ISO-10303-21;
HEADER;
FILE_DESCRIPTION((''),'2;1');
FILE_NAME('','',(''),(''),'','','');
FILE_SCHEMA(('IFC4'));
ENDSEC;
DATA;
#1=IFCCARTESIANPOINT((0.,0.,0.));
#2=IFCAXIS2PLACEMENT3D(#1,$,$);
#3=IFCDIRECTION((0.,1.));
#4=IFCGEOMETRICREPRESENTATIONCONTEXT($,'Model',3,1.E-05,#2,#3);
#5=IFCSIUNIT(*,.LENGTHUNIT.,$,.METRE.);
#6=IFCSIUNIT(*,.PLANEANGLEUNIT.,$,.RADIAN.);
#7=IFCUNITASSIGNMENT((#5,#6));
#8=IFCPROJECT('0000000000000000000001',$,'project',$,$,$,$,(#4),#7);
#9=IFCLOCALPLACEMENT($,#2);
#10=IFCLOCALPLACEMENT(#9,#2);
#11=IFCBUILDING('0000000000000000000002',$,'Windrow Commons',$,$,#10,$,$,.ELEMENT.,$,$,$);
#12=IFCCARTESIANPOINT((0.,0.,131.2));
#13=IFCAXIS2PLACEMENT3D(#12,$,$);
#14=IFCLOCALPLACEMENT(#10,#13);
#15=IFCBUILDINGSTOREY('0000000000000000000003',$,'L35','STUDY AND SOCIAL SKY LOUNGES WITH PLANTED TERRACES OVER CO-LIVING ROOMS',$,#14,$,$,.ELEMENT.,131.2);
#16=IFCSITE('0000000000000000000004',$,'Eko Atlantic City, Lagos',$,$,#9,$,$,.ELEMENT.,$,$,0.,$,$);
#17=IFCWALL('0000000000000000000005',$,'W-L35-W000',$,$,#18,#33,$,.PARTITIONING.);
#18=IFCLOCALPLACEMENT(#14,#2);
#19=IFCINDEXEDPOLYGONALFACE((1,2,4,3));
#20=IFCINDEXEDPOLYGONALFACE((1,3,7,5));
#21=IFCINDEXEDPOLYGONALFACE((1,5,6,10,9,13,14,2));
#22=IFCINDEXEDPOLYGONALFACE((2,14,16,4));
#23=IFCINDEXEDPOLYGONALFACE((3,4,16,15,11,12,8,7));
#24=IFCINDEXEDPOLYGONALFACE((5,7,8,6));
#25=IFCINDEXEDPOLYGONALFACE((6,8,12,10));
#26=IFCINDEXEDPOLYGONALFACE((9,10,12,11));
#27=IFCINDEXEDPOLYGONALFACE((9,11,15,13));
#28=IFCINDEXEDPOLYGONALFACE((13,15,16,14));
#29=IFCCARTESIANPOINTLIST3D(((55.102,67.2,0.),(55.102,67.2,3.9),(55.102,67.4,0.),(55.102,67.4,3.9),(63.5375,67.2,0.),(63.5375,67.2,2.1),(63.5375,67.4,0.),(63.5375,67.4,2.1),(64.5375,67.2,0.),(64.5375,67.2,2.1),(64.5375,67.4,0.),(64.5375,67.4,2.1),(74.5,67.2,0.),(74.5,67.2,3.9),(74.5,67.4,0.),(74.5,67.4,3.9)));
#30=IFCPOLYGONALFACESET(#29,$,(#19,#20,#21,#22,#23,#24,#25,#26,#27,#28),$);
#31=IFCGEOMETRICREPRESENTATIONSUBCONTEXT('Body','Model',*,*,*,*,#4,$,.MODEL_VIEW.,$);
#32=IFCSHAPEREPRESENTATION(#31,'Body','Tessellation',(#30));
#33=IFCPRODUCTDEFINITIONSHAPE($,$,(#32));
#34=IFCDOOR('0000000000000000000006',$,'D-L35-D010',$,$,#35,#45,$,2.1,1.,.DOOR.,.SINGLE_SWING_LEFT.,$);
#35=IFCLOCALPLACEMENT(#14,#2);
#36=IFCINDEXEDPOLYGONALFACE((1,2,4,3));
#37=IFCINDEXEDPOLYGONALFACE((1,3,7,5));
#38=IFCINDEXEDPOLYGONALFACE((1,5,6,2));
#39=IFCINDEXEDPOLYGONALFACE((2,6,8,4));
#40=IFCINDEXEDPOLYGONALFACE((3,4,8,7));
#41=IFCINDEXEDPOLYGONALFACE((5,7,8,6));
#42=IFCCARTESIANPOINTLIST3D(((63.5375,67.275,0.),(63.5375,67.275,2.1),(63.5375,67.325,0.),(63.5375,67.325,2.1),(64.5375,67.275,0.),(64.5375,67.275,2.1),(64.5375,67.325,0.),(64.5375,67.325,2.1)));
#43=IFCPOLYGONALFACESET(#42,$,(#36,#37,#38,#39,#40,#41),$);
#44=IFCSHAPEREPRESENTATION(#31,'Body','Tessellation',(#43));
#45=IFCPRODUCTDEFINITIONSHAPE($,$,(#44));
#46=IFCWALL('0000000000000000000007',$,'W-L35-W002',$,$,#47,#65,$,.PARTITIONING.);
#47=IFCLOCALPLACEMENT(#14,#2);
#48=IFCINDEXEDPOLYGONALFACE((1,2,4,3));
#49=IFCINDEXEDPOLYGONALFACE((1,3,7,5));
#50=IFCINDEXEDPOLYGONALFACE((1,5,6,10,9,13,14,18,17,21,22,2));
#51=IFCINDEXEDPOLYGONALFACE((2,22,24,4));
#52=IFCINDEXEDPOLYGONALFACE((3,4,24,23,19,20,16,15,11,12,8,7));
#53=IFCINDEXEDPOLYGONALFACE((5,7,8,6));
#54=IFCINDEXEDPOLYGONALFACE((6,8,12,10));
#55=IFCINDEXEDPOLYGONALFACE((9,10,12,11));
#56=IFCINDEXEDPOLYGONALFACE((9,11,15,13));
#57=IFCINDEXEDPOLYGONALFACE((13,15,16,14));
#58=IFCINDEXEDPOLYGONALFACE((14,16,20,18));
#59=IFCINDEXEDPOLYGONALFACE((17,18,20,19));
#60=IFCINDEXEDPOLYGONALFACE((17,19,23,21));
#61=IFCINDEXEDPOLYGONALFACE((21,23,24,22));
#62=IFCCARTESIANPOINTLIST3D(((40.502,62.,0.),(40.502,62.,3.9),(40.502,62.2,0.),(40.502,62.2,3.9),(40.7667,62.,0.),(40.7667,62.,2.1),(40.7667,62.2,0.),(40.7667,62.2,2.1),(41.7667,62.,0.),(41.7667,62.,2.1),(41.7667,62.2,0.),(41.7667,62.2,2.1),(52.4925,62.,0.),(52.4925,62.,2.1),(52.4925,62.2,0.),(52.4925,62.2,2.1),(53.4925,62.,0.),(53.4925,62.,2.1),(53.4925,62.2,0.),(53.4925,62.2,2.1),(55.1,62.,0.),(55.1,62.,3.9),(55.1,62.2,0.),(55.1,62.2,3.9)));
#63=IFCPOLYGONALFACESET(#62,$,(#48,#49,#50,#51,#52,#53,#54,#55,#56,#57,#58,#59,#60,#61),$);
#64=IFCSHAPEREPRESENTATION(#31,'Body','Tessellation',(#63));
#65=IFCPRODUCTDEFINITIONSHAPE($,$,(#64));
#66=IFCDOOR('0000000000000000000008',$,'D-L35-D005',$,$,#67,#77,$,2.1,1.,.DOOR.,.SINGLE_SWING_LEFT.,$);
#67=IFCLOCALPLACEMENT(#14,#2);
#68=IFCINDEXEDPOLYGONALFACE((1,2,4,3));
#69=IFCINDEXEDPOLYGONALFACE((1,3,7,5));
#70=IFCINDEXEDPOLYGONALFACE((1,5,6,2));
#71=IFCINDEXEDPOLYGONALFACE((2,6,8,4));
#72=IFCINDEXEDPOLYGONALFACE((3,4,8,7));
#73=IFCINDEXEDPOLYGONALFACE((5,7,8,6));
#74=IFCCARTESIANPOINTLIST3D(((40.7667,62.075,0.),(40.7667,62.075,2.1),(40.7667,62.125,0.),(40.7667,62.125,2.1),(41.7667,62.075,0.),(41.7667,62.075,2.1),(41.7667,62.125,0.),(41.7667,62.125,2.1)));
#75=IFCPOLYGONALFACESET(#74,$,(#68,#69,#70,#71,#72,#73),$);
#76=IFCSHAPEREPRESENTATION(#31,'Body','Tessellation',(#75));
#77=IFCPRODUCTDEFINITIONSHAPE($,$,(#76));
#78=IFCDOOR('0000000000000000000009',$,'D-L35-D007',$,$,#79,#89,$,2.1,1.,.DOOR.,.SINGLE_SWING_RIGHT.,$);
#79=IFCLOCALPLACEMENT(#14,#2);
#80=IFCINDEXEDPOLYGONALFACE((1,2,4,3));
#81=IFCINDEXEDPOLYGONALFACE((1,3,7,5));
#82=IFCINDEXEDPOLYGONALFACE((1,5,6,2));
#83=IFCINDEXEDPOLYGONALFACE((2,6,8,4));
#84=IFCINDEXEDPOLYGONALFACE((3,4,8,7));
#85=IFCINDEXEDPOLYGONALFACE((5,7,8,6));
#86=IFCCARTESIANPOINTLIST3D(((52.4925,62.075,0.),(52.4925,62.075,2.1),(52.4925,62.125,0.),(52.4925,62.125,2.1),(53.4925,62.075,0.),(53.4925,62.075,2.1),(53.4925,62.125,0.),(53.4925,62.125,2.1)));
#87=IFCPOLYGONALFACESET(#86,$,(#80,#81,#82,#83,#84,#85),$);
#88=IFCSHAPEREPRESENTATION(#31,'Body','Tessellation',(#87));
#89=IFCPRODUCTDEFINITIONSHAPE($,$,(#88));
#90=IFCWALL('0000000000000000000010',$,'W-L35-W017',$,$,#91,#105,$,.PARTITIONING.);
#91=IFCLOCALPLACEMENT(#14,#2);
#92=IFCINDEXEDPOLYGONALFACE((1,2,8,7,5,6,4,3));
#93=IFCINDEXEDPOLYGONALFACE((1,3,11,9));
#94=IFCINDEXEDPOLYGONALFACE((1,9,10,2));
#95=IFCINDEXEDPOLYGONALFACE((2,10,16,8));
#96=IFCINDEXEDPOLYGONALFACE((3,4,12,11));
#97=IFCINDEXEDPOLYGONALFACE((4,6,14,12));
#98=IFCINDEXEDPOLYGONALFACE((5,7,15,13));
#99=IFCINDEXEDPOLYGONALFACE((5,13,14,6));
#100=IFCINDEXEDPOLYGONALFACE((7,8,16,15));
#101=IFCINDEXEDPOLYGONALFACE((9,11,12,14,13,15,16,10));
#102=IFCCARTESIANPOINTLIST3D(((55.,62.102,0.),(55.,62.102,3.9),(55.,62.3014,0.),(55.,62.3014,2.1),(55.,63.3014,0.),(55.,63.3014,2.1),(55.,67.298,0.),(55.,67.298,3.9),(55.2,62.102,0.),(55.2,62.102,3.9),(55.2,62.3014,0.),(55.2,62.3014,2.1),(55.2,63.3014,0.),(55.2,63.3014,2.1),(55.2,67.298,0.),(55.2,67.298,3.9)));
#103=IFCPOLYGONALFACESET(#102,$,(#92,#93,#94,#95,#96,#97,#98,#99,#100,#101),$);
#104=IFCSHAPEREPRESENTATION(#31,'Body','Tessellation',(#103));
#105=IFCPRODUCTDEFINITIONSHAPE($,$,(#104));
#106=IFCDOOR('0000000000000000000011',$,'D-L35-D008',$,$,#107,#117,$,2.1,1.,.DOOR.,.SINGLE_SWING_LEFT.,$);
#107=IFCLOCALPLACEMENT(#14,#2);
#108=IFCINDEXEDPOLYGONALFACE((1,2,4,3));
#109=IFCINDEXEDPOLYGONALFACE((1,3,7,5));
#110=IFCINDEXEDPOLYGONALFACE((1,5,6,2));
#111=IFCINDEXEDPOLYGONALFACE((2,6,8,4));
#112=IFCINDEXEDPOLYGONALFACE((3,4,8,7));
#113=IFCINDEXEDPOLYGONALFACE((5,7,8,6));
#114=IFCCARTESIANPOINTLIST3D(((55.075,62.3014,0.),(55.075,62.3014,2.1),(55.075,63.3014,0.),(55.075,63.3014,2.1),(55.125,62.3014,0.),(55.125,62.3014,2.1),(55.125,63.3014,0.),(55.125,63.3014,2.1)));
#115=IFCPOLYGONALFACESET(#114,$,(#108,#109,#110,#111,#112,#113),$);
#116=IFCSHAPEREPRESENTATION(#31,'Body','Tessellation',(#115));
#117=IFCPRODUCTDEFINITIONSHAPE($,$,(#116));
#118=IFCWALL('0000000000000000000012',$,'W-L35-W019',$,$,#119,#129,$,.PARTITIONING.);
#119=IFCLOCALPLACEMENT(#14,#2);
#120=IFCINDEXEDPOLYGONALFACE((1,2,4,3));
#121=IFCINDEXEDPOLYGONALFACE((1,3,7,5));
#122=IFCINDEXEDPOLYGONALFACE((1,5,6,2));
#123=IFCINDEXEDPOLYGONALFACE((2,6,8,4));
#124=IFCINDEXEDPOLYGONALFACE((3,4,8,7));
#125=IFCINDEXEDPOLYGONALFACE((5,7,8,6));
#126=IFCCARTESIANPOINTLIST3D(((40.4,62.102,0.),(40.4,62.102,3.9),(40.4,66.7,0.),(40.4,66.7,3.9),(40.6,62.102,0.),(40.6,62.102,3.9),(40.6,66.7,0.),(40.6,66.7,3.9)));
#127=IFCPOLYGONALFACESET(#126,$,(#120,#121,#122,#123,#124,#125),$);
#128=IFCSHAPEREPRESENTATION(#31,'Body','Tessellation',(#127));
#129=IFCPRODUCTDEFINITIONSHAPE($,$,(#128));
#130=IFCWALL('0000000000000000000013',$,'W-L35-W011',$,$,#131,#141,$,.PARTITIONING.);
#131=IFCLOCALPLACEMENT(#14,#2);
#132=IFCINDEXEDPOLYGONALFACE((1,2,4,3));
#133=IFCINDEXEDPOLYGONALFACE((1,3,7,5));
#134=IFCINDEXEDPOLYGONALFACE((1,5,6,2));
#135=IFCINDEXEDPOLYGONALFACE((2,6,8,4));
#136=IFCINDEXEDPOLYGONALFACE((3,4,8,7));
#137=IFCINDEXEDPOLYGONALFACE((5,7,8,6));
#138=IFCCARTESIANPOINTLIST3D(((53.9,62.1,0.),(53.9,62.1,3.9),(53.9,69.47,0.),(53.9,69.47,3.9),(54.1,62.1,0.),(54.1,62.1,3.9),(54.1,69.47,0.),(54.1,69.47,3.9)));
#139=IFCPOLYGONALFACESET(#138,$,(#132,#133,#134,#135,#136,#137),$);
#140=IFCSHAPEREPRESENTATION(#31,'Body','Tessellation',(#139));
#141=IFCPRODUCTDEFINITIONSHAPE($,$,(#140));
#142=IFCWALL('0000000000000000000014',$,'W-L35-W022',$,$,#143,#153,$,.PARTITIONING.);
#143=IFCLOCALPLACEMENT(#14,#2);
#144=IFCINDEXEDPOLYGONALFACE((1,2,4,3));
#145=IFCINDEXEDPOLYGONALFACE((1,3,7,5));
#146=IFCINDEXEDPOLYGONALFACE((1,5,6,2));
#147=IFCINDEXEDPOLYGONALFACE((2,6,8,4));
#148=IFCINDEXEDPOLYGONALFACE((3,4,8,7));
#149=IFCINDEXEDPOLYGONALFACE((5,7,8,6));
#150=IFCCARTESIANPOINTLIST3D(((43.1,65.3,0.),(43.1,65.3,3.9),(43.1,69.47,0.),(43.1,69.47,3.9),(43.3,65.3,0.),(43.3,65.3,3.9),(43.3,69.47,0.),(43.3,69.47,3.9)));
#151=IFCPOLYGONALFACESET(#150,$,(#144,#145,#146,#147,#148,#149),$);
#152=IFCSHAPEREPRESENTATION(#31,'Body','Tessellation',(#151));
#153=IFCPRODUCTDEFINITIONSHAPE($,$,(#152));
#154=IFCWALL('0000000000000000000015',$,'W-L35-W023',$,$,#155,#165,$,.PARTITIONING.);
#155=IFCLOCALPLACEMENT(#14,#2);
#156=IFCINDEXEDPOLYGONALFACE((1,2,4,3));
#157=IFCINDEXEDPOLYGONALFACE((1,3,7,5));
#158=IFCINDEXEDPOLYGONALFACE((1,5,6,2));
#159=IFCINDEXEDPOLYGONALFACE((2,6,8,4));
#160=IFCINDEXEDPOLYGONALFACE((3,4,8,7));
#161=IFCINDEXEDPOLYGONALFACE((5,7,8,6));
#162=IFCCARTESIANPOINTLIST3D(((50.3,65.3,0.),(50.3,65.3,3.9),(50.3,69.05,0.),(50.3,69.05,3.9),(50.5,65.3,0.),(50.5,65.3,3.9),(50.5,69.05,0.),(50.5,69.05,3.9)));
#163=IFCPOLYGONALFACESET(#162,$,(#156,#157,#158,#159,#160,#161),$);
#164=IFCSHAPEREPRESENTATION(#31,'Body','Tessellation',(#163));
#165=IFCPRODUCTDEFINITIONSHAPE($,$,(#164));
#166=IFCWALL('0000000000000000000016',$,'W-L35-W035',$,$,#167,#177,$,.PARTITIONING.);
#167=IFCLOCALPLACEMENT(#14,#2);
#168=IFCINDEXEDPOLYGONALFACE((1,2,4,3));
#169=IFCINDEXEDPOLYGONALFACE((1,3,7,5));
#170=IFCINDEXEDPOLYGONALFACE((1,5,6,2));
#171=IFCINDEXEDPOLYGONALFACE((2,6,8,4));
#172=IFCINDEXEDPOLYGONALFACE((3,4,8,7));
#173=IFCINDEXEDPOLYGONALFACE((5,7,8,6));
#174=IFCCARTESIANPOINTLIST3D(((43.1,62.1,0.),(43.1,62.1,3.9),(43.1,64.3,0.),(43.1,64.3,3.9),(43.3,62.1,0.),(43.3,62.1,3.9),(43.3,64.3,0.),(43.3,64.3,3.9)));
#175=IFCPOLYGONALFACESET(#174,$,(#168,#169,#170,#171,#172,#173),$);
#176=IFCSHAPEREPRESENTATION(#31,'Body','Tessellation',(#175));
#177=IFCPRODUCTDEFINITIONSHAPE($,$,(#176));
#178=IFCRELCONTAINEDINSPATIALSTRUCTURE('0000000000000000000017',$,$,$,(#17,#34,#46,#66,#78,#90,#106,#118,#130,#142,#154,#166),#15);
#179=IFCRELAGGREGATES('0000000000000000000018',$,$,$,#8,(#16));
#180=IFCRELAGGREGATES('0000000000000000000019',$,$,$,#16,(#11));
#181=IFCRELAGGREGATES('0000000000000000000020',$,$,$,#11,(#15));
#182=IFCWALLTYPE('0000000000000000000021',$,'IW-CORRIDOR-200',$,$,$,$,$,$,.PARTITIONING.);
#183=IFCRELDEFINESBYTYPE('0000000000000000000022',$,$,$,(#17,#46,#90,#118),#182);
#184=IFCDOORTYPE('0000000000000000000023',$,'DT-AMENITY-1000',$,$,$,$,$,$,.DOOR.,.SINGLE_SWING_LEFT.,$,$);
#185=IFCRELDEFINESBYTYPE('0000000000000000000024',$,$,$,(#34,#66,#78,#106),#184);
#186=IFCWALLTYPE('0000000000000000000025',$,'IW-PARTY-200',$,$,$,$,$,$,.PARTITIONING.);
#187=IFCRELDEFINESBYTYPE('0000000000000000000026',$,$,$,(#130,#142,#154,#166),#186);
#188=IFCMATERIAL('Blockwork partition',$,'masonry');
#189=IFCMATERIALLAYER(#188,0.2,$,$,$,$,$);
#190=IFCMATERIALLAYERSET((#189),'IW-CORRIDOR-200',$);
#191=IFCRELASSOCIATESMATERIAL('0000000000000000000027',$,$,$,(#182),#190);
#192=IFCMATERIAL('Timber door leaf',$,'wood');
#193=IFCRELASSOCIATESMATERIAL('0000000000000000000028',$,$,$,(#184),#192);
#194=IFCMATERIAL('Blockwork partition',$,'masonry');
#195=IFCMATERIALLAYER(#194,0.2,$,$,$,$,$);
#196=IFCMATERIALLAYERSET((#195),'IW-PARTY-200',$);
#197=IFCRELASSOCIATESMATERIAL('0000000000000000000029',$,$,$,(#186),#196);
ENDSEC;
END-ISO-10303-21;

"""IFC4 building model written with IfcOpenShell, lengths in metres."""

from ifc_helpers import new_model, si_unit, direction, frame, frame_2d, origin, place, context, subcontext, project, spatial, rectangle, extrude, material, layer, layer_set, type_object, element, fill, save


model = new_model("IFC4")

# Units and contexts
model_context = context("Model", 3, precision=1e-05, world=origin(), true_north=direction((0.0, 1.0)))
body_context = subcontext(model_context, "Body", "Model", "MODEL_VIEW")
ifc_project = project(units=[si_unit("LENGTHUNIT", "METRE"), si_unit("PLANEANGLEUNIT", "RADIAN")], contexts=[model_context])

# Site, building, storey
site_placement = place(None, origin())
site = spatial("IfcSite", under=ifc_project, at=site_placement, Name="Eko Atlantic City, Lagos", CompositionType="ELEMENT", RefElevation=0.0)
building_placement = place(site_placement, origin())
building = spatial("IfcBuilding", under=site, at=building_placement, Name="Windrow Commons", CompositionType="ELEMENT")
storey_placement = place(building_placement, frame((0.0, 0.0, 131.2)))
storey = spatial("IfcBuildingStorey", under=building, at=storey_placement, Name="L35", Description="STUDY AND SOCIAL SKY LOUNGES WITH PLANTED TERRACES OVER CO-LIVING ROOMS", CompositionType="ELEMENT", Elevation=131.2)

# Wall, opening, door
ifc_material_1 = material(Name="Blockwork partition", Category="masonry")
ifc_layer_1 = layer(ifc_material_1, 0.2)
ifc_layer_set_1 = layer_set([ifc_layer_1], Name="IW-CORRIDOR-200")
wall_type_1 = type_object("IfcWallType", Name="IW-CORRIDOR-200", PredefinedType="PARTITIONING", material=ifc_layer_set_1)
wall_1_placement = place(storey_placement, frame((55.102, 67.3, 0.0), z_axis=(0.0, 0.0, 1.0), x_axis=(1.0, 0.0, 0.0)))
wall_1 = element("IfcWall", 1, at=wall_1_placement, inside=storey, type_object=wall_type_1, Name="W-L35-W000", PredefinedType="PARTITIONING", context=body_context, shape_type="SweptSolid", body=[
    extrude(rectangle(XDim=19.398, YDim=0.2, at=frame_2d((9.699, 0.0))), origin(), (0.0, 0.0, 1.0), 3.9),
])
opening_1_placement = place(wall_1_placement, frame((8.4355, 0.0, 0.0)))
opening_1 = element("IfcOpeningElement", 2, at=opening_1_placement, cuts=wall_1, PredefinedType="OPENING", context=body_context, shape_type="SweptSolid", body=[
    extrude(rectangle(XDim=1.0, YDim=2.1, at=frame_2d((0.5, 1.05))), frame((0.0, 0.11, 0.0), z_axis=(0.0, -1.0, 0.0), x_axis=(1.0, 0.0, 0.0)), (0.0, 0.0, 1.0), 0.22),
])
ifc_material_2 = material(Name="Timber door leaf", Category="wood")
door_type_1 = type_object("IfcDoorType", Name="DT-AMENITY-1000", OperationType="SINGLE_SWING_LEFT", PredefinedType="DOOR", material=ifc_material_2)
door_1_placement = place(opening_1_placement, origin())
door_1 = element("IfcDoor", 3, at=door_1_placement, inside=storey, type_object=door_type_1, Name="D-L35-D010", OperationType="SINGLE_SWING_LEFT", OverallHeight=2.1, OverallWidth=1.0, PredefinedType="DOOR", context=body_context, shape_type="SweptSolid", body=[
    extrude(rectangle(XDim=1.0, YDim=2.1, at=frame_2d((0.5, 1.05))), frame((0.0, 0.025, 0.0), z_axis=(0.0, -1.0, 0.0), x_axis=(1.0, 0.0, 0.0)), (0.0, 0.0, 1.0), 0.05),
])
fill(opening_1, door_1)

# Wall, openings, doors
wall_2_placement = place(storey_placement, frame((40.502, 62.1, 0.0), z_axis=(0.0, 0.0, 1.0), x_axis=(1.0, 0.0, 0.0)))
wall_2 = element("IfcWall", 4, at=wall_2_placement, inside=storey, type_object=wall_type_1, Name="W-L35-W002", PredefinedType="PARTITIONING", context=body_context, shape_type="SweptSolid", body=[
    extrude(rectangle(XDim=14.598, YDim=0.2, at=frame_2d((7.299, 0.0))), origin(), (0.0, 0.0, 1.0), 3.9),
])
opening_2_placement = place(wall_2_placement, frame((0.2647, 0.0, 0.0)))
opening_2 = element("IfcOpeningElement", 5, at=opening_2_placement, cuts=wall_2, PredefinedType="OPENING", context=body_context, shape_type="SweptSolid", body=[
    extrude(rectangle(XDim=1.0, YDim=2.1, at=frame_2d((0.5, 1.05))), frame((0.0, 0.11, 0.0), z_axis=(0.0, -1.0, 0.0), x_axis=(1.0, 0.0, 0.0)), (0.0, 0.0, 1.0), 0.22),
])
opening_3_placement = place(wall_2_placement, frame((11.9905, 0.0, 0.0)))
opening_3 = element("IfcOpeningElement", 6, at=opening_3_placement, cuts=wall_2, PredefinedType="OPENING", context=body_context, shape_type="SweptSolid", body=[
    extrude(rectangle(XDim=1.0, YDim=2.1, at=frame_2d((0.5, 1.05))), frame((0.0, 0.11, 0.0), z_axis=(0.0, -1.0, 0.0), x_axis=(1.0, 0.0, 0.0)), (0.0, 0.0, 1.0), 0.22),
])
door_2_placement = place(opening_2_placement, origin())
door_2 = element("IfcDoor", 7, at=door_2_placement, inside=storey, type_object=door_type_1, Name="D-L35-D005", OperationType="SINGLE_SWING_LEFT", OverallHeight=2.1, OverallWidth=1.0, PredefinedType="DOOR", context=body_context, shape_type="SweptSolid", body=[
    extrude(rectangle(XDim=1.0, YDim=2.1, at=frame_2d((0.5, 1.05))), frame((0.0, 0.025, 0.0), z_axis=(0.0, -1.0, 0.0), x_axis=(1.0, 0.0, 0.0)), (0.0, 0.0, 1.0), 0.05),
])
fill(opening_2, door_2)
door_3_placement = place(opening_3_placement, origin())
door_3 = element("IfcDoor", 8, at=door_3_placement, inside=storey, type_object=door_type_1, Name="D-L35-D007", OperationType="SINGLE_SWING_RIGHT", OverallHeight=2.1, OverallWidth=1.0, PredefinedType="DOOR", context=body_context, shape_type="SweptSolid", body=[
    extrude(rectangle(XDim=1.0, YDim=2.1, at=frame_2d((0.5, 1.05))), frame((0.0, 0.025, 0.0), z_axis=(0.0, -1.0, 0.0), x_axis=(1.0, 0.0, 0.0)), (0.0, 0.0, 1.0), 0.05),
])
fill(opening_3, door_3)

# Wall, opening, door
wall_3_placement = place(storey_placement, frame((55.1, 62.102, 0.0), z_axis=(0.0, 0.0, 1.0), x_axis=(0.0, 1.0, 0.0)))
wall_3 = element("IfcWall", 9, at=wall_3_placement, inside=storey, type_object=wall_type_1, Name="W-L35-W017", PredefinedType="PARTITIONING", context=body_context, shape_type="SweptSolid", body=[
    extrude(rectangle(XDim=5.196, YDim=0.2, at=frame_2d((2.598, 0.0))), origin(), (0.0, 0.0, 1.0), 3.9),
])
opening_4_placement = place(wall_3_placement, frame((0.1994, 0.0, 0.0)))
opening_4 = element("IfcOpeningElement", 10, at=opening_4_placement, cuts=wall_3, PredefinedType="OPENING", context=body_context, shape_type="SweptSolid", body=[
    extrude(rectangle(XDim=1.0, YDim=2.1, at=frame_2d((0.5, 1.05))), frame((0.0, 0.11, 0.0), z_axis=(0.0, -1.0, 0.0), x_axis=(1.0, 0.0, 0.0)), (0.0, 0.0, 1.0), 0.22),
])
door_4_placement = place(opening_4_placement, origin())
door_4 = element("IfcDoor", 11, at=door_4_placement, inside=storey, type_object=door_type_1, Name="D-L35-D008", OperationType="SINGLE_SWING_LEFT", OverallHeight=2.1, OverallWidth=1.0, PredefinedType="DOOR", context=body_context, shape_type="SweptSolid", body=[
    extrude(rectangle(XDim=1.0, YDim=2.1, at=frame_2d((0.5, 1.05))), frame((0.0, 0.025, 0.0), z_axis=(0.0, -1.0, 0.0), x_axis=(1.0, 0.0, 0.0)), (0.0, 0.0, 1.0), 0.05),
])
fill(opening_4, door_4)

# Walls
wall_4_placement = place(storey_placement, frame((40.5, 62.102, 0.0), z_axis=(0.0, 0.0, 1.0), x_axis=(0.0, 1.0, 0.0)))
element("IfcWall", 12, at=wall_4_placement, inside=storey, type_object=wall_type_1, Name="W-L35-W019", PredefinedType="PARTITIONING", context=body_context, shape_type="SweptSolid", body=[
    extrude(rectangle(XDim=4.598, YDim=0.2, at=frame_2d((2.299, 0.0))), origin(), (0.0, 0.0, 1.0), 3.9),
])
ifc_material_3 = material(Name="Blockwork partition", Category="masonry")
ifc_layer_2 = layer(ifc_material_3, 0.2)
ifc_layer_set_2 = layer_set([ifc_layer_2], Name="IW-PARTY-200")
wall_type_2 = type_object("IfcWallType", Name="IW-PARTY-200", PredefinedType="PARTITIONING", material=ifc_layer_set_2)
wall_5_placement = place(storey_placement, frame((54.0, 62.1, 0.0), z_axis=(0.0, 0.0, 1.0), x_axis=(0.0, 1.0, 0.0)))
element("IfcWall", 13, at=wall_5_placement, inside=storey, type_object=wall_type_2, Name="W-L35-W011", PredefinedType="PARTITIONING", context=body_context, shape_type="SweptSolid", body=[
    extrude(rectangle(XDim=7.37, YDim=0.2, at=frame_2d((3.685, 0.0))), origin(), (0.0, 0.0, 1.0), 3.9),
])
wall_6_placement = place(storey_placement, frame((43.2, 65.3, 0.0), z_axis=(0.0, 0.0, 1.0), x_axis=(0.0, 1.0, 0.0)))
element("IfcWall", 14, at=wall_6_placement, inside=storey, type_object=wall_type_2, Name="W-L35-W022", PredefinedType="PARTITIONING", context=body_context, shape_type="SweptSolid", body=[
    extrude(rectangle(XDim=4.17, YDim=0.2, at=frame_2d((2.085, 0.0))), origin(), (0.0, 0.0, 1.0), 3.9),
])
wall_7_placement = place(storey_placement, frame((50.4, 65.3, 0.0), z_axis=(0.0, 0.0, 1.0), x_axis=(0.0, 1.0, 0.0)))
element("IfcWall", 15, at=wall_7_placement, inside=storey, type_object=wall_type_2, Name="W-L35-W023", PredefinedType="PARTITIONING", context=body_context, shape_type="SweptSolid", body=[
    extrude(rectangle(XDim=3.75, YDim=0.2, at=frame_2d((1.875, 0.0))), origin(), (0.0, 0.0, 1.0), 3.9),
])
for number, where, z_axis, x_axis, name in (
    (16, (43.2, 62.1, 0.0), (0.0, 0.0, 1.0), (0.0, 1.0, 0.0), "W-L35-W035"),
):
    element("IfcWall", number, at=place(storey_placement, frame(where, z_axis=z_axis, x_axis=x_axis)), inside=storey, type_object=wall_type_2, Name=name, PredefinedType="PARTITIONING", context=body_context, shape_type="SweptSolid", body=[
        extrude(rectangle(XDim=2.2, YDim=0.2, at=frame_2d((1.1, 0.0))), origin(), (0.0, 0.0, 1.0), 3.9),
    ])

save(model, "model.ifc")
